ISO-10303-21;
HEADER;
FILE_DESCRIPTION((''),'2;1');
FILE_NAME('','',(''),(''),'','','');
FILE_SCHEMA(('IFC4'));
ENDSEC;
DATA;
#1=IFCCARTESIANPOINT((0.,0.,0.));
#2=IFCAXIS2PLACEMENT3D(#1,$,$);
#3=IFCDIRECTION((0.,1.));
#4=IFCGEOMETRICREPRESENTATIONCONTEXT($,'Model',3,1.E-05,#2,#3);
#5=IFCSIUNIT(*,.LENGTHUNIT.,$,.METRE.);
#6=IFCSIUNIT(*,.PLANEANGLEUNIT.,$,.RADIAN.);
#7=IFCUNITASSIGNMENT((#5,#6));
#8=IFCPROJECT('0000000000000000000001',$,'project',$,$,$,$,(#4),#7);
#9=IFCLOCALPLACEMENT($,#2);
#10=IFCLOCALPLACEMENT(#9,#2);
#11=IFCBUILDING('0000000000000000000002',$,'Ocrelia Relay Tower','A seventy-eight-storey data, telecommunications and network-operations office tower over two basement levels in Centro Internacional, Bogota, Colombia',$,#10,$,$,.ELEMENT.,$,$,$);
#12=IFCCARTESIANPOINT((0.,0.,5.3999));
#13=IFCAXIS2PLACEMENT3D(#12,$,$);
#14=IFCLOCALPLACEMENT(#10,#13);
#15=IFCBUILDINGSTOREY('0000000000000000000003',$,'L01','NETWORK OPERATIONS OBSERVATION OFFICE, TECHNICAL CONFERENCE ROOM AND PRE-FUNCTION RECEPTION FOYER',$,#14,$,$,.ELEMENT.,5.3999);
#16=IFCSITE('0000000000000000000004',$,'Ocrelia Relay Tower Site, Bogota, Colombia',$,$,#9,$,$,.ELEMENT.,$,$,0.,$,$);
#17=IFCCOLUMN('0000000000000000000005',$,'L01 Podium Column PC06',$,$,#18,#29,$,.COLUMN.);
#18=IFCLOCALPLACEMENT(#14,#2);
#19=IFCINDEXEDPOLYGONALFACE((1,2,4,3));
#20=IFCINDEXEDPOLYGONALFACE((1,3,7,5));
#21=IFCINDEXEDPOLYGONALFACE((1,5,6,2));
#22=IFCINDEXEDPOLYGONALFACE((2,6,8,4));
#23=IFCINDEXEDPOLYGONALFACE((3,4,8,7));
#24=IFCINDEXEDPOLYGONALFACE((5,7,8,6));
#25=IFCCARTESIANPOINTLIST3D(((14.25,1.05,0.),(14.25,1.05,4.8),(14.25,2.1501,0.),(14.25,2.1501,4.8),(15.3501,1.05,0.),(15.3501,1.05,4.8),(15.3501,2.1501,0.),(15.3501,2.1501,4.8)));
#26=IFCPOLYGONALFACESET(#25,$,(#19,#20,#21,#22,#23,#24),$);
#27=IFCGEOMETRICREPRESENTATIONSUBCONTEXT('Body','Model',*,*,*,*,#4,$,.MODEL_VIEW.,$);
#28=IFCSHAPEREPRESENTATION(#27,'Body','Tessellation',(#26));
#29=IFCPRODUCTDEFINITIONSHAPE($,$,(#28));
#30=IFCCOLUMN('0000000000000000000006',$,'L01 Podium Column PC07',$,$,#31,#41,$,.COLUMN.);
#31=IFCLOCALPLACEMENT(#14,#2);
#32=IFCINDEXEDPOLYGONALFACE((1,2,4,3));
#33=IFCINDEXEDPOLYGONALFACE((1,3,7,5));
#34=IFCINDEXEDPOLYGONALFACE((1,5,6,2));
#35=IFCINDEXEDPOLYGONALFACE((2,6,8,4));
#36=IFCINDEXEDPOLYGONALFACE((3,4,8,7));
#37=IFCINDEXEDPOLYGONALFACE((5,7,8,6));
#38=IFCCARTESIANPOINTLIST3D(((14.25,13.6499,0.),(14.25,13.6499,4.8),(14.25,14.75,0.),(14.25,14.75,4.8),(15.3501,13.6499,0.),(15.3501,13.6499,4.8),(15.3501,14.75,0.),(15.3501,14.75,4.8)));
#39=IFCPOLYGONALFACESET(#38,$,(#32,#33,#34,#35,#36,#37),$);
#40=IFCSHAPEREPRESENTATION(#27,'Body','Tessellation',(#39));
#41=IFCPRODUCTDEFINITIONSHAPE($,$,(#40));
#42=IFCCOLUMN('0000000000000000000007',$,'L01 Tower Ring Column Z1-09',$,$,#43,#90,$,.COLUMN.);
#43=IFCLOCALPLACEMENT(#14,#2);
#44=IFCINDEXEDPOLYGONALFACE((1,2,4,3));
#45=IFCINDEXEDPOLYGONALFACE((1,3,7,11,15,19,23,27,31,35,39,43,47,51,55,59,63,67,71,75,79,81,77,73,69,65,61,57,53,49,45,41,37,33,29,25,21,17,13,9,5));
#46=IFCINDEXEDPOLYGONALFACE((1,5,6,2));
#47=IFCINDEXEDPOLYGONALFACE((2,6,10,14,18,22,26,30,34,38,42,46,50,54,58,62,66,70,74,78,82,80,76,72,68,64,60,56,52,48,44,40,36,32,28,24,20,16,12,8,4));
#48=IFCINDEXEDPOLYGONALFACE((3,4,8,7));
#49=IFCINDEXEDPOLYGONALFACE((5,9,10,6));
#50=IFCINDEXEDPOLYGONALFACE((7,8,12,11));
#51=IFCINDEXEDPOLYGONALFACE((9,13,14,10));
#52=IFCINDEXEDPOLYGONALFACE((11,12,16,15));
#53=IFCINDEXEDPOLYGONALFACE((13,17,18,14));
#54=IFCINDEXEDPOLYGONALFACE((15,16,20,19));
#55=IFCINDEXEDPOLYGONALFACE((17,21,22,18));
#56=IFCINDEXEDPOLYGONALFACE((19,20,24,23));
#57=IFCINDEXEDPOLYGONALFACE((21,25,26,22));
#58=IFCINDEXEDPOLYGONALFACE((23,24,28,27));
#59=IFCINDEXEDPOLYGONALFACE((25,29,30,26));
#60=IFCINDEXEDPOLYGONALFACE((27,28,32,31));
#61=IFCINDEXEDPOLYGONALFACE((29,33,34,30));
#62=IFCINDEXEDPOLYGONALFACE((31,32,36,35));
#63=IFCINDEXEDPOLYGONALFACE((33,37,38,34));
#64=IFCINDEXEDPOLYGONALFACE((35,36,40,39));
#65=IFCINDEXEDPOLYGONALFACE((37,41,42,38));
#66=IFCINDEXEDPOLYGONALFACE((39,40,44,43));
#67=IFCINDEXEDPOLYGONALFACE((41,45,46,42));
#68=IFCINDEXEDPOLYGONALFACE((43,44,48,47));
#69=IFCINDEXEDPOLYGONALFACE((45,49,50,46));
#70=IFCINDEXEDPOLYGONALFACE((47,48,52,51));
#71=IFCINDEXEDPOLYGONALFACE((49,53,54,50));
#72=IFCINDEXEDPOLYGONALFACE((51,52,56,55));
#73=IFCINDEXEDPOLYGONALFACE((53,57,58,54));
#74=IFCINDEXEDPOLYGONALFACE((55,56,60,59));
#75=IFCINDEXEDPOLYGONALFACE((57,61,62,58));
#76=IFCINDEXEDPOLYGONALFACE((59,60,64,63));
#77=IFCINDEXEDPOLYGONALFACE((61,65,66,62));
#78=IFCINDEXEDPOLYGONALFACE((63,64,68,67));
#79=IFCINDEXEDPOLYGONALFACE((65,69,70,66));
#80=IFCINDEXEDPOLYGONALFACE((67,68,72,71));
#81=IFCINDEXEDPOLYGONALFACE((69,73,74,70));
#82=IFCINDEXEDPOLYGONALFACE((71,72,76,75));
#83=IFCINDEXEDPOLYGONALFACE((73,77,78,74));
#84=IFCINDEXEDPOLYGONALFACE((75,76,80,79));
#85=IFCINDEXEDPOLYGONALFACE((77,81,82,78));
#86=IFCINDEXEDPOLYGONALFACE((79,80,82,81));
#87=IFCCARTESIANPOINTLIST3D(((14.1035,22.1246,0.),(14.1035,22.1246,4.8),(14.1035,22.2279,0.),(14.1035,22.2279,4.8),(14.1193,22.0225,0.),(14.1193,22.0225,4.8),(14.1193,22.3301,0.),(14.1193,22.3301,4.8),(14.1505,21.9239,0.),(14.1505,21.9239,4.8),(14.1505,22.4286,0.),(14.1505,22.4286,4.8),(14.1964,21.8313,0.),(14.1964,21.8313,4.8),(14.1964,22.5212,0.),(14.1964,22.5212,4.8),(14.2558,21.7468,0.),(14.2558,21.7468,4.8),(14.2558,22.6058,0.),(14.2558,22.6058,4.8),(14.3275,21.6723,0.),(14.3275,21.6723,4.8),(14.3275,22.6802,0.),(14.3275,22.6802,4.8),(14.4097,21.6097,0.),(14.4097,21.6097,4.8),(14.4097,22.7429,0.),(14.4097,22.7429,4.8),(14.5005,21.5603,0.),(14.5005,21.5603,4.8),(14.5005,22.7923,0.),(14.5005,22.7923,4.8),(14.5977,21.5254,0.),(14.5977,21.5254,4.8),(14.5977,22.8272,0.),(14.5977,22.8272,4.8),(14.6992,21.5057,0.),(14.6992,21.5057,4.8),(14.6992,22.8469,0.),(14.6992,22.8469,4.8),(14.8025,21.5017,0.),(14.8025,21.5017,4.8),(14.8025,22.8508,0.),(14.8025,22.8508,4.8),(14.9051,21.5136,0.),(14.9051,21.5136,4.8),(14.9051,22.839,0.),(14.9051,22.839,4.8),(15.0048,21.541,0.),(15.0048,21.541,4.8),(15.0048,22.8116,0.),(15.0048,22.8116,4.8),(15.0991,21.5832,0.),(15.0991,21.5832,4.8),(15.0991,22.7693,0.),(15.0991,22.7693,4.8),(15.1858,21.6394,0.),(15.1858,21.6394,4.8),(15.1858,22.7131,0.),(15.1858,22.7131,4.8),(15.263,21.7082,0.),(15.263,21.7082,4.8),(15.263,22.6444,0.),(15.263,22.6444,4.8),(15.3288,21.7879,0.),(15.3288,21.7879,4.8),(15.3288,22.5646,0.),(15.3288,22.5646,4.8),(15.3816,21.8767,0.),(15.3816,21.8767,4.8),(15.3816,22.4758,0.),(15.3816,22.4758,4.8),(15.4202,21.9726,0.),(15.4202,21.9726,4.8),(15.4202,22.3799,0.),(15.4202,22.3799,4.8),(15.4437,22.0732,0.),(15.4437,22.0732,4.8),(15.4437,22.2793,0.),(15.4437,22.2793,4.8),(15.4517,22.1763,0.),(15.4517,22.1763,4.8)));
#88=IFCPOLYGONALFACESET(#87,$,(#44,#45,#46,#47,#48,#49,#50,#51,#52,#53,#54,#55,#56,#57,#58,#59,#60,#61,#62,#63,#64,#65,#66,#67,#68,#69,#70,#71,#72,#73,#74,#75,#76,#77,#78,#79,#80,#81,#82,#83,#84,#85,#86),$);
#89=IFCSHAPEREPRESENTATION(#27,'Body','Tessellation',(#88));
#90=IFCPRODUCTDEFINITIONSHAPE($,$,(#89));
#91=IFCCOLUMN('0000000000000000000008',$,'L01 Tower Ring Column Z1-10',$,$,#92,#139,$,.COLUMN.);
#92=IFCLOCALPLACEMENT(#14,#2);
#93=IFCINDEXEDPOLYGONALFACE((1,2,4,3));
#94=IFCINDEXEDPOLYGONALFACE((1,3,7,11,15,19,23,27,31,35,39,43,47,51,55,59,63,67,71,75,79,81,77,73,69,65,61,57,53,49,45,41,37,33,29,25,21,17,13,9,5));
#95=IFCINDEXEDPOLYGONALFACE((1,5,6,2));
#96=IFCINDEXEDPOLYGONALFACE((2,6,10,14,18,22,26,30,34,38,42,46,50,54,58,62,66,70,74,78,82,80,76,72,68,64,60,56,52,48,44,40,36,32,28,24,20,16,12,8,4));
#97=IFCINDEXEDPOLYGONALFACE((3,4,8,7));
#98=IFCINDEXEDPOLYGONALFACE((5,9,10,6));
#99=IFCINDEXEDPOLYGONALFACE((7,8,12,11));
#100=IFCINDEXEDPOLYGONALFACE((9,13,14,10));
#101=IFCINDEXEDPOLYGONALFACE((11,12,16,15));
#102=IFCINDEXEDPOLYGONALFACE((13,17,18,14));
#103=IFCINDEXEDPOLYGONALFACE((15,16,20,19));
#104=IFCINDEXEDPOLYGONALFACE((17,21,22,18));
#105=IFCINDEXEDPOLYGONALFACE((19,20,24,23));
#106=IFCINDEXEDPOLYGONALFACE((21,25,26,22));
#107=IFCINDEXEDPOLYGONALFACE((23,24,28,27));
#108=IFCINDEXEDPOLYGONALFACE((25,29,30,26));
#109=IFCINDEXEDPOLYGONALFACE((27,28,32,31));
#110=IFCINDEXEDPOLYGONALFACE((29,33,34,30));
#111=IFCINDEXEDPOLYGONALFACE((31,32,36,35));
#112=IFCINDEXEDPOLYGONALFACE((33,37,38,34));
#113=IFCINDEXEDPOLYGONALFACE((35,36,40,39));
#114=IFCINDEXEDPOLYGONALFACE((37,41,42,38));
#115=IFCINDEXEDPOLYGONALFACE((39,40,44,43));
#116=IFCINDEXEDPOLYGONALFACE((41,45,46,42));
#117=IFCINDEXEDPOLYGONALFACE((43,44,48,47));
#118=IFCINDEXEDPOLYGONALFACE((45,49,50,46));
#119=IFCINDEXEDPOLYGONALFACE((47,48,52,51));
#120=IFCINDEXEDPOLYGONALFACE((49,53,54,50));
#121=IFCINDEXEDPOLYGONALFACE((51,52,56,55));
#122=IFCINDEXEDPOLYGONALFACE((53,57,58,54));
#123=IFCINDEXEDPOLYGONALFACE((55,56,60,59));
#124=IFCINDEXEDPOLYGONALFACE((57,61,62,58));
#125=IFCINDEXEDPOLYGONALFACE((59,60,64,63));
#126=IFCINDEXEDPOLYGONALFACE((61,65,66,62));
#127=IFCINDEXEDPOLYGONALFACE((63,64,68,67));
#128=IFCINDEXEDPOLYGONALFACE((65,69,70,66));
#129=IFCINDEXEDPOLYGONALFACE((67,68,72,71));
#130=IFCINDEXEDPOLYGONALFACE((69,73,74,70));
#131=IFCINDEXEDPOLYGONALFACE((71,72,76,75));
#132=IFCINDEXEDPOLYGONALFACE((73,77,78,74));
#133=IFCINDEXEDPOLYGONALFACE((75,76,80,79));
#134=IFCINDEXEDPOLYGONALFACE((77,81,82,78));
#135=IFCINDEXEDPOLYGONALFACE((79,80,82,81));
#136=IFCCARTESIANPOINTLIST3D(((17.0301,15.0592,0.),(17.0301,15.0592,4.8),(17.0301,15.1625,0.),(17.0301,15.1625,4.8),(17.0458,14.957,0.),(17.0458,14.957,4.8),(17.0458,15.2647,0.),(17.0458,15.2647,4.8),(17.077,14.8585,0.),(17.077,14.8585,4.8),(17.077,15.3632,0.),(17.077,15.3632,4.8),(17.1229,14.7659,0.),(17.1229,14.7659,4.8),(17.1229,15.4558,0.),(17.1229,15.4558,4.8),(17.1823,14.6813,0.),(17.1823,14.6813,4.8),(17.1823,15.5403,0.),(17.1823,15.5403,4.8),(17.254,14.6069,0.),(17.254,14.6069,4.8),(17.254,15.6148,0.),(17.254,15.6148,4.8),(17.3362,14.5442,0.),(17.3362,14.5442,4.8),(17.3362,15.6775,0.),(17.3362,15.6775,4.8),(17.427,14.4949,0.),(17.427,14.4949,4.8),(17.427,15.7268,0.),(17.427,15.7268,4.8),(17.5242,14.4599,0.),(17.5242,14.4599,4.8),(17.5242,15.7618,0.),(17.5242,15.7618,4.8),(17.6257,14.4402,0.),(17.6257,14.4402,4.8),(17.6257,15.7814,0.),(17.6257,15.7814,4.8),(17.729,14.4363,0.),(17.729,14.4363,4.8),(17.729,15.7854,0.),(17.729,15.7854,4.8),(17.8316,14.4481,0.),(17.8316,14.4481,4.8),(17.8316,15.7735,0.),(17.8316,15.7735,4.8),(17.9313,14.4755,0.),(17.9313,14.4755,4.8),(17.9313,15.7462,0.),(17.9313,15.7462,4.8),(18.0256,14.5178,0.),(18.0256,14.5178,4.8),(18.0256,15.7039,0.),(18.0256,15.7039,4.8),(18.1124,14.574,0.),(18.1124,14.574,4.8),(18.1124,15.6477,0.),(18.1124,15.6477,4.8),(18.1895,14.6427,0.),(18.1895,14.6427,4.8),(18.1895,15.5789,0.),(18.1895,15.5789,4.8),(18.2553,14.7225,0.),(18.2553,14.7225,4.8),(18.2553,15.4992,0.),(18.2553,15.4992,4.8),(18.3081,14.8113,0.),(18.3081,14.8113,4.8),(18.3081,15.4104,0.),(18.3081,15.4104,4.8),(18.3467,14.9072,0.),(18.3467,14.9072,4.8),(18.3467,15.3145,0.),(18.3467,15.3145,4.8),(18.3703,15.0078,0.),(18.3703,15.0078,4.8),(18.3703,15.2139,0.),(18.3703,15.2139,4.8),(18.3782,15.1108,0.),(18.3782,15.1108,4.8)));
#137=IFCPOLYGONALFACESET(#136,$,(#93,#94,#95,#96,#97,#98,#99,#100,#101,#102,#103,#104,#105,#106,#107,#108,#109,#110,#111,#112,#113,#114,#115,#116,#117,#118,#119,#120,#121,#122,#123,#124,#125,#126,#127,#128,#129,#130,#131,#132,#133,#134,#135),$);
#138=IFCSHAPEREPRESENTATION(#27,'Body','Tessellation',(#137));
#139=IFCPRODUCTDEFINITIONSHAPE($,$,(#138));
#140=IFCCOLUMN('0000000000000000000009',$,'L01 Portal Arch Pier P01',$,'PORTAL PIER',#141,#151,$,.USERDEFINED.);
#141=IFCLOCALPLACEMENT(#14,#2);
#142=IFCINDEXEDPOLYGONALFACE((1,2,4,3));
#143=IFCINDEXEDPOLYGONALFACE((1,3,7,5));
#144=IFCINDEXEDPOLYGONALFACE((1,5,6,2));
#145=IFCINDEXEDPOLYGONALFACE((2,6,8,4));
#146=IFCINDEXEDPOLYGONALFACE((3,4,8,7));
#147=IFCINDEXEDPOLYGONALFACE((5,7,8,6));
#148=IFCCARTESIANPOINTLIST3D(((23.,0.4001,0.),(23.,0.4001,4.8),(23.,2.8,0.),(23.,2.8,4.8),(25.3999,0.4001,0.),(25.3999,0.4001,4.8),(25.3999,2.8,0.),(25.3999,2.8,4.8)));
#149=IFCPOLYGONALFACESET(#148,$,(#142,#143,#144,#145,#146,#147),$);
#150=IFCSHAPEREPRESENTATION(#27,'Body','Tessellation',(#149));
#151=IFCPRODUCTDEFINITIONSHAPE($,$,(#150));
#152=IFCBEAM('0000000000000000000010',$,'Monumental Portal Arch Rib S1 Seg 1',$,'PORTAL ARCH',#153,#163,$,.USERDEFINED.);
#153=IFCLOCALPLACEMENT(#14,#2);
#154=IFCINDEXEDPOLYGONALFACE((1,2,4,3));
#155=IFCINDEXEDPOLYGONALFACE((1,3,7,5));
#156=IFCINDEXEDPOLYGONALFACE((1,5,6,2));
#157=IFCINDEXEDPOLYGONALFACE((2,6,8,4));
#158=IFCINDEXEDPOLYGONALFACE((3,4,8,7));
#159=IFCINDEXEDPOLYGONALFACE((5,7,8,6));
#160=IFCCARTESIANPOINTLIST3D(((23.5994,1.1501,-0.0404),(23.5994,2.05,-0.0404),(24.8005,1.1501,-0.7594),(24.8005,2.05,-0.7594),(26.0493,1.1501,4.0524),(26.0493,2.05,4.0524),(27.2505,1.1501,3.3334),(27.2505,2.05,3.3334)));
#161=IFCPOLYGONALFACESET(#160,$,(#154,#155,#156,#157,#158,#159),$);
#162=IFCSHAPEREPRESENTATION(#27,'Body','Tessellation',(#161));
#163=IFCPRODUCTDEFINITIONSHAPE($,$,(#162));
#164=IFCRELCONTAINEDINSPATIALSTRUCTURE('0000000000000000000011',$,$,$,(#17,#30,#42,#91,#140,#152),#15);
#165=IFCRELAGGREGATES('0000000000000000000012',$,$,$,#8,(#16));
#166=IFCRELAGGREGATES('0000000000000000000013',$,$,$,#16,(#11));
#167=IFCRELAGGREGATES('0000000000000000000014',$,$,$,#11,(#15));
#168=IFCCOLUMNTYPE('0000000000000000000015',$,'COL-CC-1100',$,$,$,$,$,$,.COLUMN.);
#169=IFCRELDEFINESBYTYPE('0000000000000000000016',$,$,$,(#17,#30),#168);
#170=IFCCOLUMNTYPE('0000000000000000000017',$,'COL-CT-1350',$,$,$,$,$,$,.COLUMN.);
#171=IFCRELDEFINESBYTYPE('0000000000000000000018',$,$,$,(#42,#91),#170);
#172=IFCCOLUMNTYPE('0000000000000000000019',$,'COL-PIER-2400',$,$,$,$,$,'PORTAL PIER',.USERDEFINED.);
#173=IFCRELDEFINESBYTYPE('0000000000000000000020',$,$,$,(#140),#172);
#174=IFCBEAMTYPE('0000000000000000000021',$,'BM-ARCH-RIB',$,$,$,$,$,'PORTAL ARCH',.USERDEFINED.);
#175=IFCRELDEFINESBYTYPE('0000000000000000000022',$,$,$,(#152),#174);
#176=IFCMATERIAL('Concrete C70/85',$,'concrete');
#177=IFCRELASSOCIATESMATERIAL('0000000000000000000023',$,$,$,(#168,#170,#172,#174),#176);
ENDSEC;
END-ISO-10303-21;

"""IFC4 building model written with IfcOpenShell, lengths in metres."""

from ifc_helpers import new_model, si_unit, direction, frame, origin, origin_2d, place, context, subcontext, project, spatial, rectangle, circle, extrude, material, material_profile, profile_set, type_object, element, save


model = new_model("IFC4")

# Units and contexts
model_context = context("Model", 3, precision=1e-05, world=origin(), true_north=direction((0.0, 1.0)))
body_context = subcontext(model_context, "Body", "Model", "MODEL_VIEW")
ifc_project = project(units=[si_unit("LENGTHUNIT", "METRE"), si_unit("PLANEANGLEUNIT", "RADIAN")], contexts=[model_context])

# Site, building, storey
site_placement = place(None, origin())
site = spatial("IfcSite", under=ifc_project, at=site_placement, Name="Ocrelia Relay Tower Site, Bogota, Colombia", CompositionType="ELEMENT", RefElevation=0.0)
building_placement = place(site_placement, origin())
building = spatial("IfcBuilding", under=site, at=building_placement, Name="Ocrelia Relay Tower", Description="A seventy-eight-storey data, telecommunications and network-operations office tower over two basement levels in Centro Internacional, Bogota, Colombia", CompositionType="ELEMENT")
storey_placement = place(building_placement, frame((0.0, 0.0, 5.3999)))
storey = spatial("IfcBuildingStorey", under=building, at=storey_placement, Name="L01", Description="NETWORK OPERATIONS OBSERVATION OFFICE, TECHNICAL CONFERENCE ROOM AND PRE-FUNCTION RECEPTION FOYER", CompositionType="ELEMENT", Elevation=5.3999)

# Columns
ifc_material_1 = material(Name="Concrete C70/85", Category="concrete")
ifc_material_profile_1 = material_profile(ifc_material_1, rectangle(XDim=1.1001, YDim=1.1001, at=origin_2d()), Name="RC-COL-1100x1100")
ifc_profile_set_1 = profile_set([ifc_material_profile_1], Name="Concrete C70/85")
column_type_1 = type_object("IfcColumnType", Name="COL-CC-1100", PredefinedType="COLUMN", material=ifc_profile_set_1)
for number, where, z_axis, x_axis, name in (
    (1, (14.8, 1.6001, 0.0), (0.0, 0.0, 1.0), (1.0, 0.0, 0.0), "L01 Podium Column PC06"),
    (2, (14.8, 14.2, 0.0), (0.0, 0.0, 1.0), (1.0, 0.0, 0.0), "L01 Podium Column PC07"),
):
    element("IfcColumn", number, at=place(storey_placement, frame(where, z_axis=z_axis, x_axis=x_axis)), inside=storey, type_object=column_type_1, Name=name, PredefinedType="COLUMN", context=body_context, shape_type="SweptSolid", body=[
        extrude(rectangle(XDim=1.1001, YDim=1.1001, at=origin_2d()), origin(), (0.0, 0.0, 1.0), 4.8),
    ])
ifc_material_profile_2 = material_profile(ifc_material_1, circle(Radius=0.675, at=origin_2d()), Name="RC-CIR-1350")
ifc_profile_set_2 = profile_set([ifc_material_profile_2], Name="Concrete C70/85")
column_type_2 = type_object("IfcColumnType", Name="COL-CT-1350", PredefinedType="COLUMN", material=ifc_profile_set_2)
for number, where, z_axis, x_axis, name in (
    (3, (14.7766, 22.1763, 0.0), (0.0, 0.0, 1.0), (1.0, 0.0, 0.0), "L01 Tower Ring Column Z1-09"),
    (4, (17.7031, 15.1108, 0.0), (0.0, 0.0, 1.0), (1.0, 0.0, 0.0), "L01 Tower Ring Column Z1-10"),
):
    element("IfcColumn", number, at=place(storey_placement, frame(where, z_axis=z_axis, x_axis=x_axis)), inside=storey, type_object=column_type_2, Name=name, PredefinedType="COLUMN", context=body_context, shape_type="SweptSolid", body=[
        extrude(circle(Radius=0.675, at=origin_2d()), origin(), (0.0, 0.0, 1.0), 4.8),
    ])
ifc_material_profile_3 = material_profile(ifc_material_1, rectangle(XDim=2.3999, YDim=2.3999, at=origin_2d()), Name="RC-PIER-2400x2400")
ifc_profile_set_3 = profile_set([ifc_material_profile_3], Name="Concrete C70/85")
column_type_3 = type_object("IfcColumnType", Name="COL-PIER-2400", ElementType="PORTAL PIER", PredefinedType="USERDEFINED", material=ifc_profile_set_3)
column_placement = place(storey_placement, frame((24.2, 1.6001, 0.0), z_axis=(0.0, 0.0, 1.0), x_axis=(1.0, 0.0, 0.0)))
element("IfcColumn", 5, at=column_placement, inside=storey, type_object=column_type_3, Name="L01 Portal Arch Pier P01", ObjectType="PORTAL PIER", PredefinedType="USERDEFINED", context=body_context, shape_type="SweptSolid", body=[
    extrude(rectangle(XDim=2.3999, YDim=2.3999, at=origin_2d()), origin(), (0.0, 0.0, 1.0), 4.8),
])

# Beam
ifc_material_profile_4 = material_profile(ifc_material_1, rectangle(XDim=0.8999, YDim=1.3999, at=origin_2d()), Name="RC-BM-900x1400")
ifc_profile_set_4 = profile_set([ifc_material_profile_4], Name="Concrete C70/85")
beam_type_1 = type_object("IfcBeamType", Name="BM-ARCH-RIB", ElementType="PORTAL ARCH", PredefinedType="USERDEFINED", material=ifc_profile_set_4)
beam_1_placement = place(storey_placement, frame((24.2, 1.6001, -0.3999), z_axis=(0.513615, 0.0, 0.858021), x_axis=(0.0, 1.0, 0.0)))
element("IfcBeam", 6, at=beam_1_placement, inside=storey, type_object=beam_type_1, Name="Monumental Portal Arch Rib S1 Seg 1", ObjectType="PORTAL ARCH", PredefinedType="USERDEFINED", context=body_context, shape_type="SweptSolid", body=[
    extrude(rectangle(XDim=0.8999, YDim=1.3999, at=origin_2d()), origin(), (0.0, 0.0, 1.0), 4.77),
])

save(model, "model.ifc")
